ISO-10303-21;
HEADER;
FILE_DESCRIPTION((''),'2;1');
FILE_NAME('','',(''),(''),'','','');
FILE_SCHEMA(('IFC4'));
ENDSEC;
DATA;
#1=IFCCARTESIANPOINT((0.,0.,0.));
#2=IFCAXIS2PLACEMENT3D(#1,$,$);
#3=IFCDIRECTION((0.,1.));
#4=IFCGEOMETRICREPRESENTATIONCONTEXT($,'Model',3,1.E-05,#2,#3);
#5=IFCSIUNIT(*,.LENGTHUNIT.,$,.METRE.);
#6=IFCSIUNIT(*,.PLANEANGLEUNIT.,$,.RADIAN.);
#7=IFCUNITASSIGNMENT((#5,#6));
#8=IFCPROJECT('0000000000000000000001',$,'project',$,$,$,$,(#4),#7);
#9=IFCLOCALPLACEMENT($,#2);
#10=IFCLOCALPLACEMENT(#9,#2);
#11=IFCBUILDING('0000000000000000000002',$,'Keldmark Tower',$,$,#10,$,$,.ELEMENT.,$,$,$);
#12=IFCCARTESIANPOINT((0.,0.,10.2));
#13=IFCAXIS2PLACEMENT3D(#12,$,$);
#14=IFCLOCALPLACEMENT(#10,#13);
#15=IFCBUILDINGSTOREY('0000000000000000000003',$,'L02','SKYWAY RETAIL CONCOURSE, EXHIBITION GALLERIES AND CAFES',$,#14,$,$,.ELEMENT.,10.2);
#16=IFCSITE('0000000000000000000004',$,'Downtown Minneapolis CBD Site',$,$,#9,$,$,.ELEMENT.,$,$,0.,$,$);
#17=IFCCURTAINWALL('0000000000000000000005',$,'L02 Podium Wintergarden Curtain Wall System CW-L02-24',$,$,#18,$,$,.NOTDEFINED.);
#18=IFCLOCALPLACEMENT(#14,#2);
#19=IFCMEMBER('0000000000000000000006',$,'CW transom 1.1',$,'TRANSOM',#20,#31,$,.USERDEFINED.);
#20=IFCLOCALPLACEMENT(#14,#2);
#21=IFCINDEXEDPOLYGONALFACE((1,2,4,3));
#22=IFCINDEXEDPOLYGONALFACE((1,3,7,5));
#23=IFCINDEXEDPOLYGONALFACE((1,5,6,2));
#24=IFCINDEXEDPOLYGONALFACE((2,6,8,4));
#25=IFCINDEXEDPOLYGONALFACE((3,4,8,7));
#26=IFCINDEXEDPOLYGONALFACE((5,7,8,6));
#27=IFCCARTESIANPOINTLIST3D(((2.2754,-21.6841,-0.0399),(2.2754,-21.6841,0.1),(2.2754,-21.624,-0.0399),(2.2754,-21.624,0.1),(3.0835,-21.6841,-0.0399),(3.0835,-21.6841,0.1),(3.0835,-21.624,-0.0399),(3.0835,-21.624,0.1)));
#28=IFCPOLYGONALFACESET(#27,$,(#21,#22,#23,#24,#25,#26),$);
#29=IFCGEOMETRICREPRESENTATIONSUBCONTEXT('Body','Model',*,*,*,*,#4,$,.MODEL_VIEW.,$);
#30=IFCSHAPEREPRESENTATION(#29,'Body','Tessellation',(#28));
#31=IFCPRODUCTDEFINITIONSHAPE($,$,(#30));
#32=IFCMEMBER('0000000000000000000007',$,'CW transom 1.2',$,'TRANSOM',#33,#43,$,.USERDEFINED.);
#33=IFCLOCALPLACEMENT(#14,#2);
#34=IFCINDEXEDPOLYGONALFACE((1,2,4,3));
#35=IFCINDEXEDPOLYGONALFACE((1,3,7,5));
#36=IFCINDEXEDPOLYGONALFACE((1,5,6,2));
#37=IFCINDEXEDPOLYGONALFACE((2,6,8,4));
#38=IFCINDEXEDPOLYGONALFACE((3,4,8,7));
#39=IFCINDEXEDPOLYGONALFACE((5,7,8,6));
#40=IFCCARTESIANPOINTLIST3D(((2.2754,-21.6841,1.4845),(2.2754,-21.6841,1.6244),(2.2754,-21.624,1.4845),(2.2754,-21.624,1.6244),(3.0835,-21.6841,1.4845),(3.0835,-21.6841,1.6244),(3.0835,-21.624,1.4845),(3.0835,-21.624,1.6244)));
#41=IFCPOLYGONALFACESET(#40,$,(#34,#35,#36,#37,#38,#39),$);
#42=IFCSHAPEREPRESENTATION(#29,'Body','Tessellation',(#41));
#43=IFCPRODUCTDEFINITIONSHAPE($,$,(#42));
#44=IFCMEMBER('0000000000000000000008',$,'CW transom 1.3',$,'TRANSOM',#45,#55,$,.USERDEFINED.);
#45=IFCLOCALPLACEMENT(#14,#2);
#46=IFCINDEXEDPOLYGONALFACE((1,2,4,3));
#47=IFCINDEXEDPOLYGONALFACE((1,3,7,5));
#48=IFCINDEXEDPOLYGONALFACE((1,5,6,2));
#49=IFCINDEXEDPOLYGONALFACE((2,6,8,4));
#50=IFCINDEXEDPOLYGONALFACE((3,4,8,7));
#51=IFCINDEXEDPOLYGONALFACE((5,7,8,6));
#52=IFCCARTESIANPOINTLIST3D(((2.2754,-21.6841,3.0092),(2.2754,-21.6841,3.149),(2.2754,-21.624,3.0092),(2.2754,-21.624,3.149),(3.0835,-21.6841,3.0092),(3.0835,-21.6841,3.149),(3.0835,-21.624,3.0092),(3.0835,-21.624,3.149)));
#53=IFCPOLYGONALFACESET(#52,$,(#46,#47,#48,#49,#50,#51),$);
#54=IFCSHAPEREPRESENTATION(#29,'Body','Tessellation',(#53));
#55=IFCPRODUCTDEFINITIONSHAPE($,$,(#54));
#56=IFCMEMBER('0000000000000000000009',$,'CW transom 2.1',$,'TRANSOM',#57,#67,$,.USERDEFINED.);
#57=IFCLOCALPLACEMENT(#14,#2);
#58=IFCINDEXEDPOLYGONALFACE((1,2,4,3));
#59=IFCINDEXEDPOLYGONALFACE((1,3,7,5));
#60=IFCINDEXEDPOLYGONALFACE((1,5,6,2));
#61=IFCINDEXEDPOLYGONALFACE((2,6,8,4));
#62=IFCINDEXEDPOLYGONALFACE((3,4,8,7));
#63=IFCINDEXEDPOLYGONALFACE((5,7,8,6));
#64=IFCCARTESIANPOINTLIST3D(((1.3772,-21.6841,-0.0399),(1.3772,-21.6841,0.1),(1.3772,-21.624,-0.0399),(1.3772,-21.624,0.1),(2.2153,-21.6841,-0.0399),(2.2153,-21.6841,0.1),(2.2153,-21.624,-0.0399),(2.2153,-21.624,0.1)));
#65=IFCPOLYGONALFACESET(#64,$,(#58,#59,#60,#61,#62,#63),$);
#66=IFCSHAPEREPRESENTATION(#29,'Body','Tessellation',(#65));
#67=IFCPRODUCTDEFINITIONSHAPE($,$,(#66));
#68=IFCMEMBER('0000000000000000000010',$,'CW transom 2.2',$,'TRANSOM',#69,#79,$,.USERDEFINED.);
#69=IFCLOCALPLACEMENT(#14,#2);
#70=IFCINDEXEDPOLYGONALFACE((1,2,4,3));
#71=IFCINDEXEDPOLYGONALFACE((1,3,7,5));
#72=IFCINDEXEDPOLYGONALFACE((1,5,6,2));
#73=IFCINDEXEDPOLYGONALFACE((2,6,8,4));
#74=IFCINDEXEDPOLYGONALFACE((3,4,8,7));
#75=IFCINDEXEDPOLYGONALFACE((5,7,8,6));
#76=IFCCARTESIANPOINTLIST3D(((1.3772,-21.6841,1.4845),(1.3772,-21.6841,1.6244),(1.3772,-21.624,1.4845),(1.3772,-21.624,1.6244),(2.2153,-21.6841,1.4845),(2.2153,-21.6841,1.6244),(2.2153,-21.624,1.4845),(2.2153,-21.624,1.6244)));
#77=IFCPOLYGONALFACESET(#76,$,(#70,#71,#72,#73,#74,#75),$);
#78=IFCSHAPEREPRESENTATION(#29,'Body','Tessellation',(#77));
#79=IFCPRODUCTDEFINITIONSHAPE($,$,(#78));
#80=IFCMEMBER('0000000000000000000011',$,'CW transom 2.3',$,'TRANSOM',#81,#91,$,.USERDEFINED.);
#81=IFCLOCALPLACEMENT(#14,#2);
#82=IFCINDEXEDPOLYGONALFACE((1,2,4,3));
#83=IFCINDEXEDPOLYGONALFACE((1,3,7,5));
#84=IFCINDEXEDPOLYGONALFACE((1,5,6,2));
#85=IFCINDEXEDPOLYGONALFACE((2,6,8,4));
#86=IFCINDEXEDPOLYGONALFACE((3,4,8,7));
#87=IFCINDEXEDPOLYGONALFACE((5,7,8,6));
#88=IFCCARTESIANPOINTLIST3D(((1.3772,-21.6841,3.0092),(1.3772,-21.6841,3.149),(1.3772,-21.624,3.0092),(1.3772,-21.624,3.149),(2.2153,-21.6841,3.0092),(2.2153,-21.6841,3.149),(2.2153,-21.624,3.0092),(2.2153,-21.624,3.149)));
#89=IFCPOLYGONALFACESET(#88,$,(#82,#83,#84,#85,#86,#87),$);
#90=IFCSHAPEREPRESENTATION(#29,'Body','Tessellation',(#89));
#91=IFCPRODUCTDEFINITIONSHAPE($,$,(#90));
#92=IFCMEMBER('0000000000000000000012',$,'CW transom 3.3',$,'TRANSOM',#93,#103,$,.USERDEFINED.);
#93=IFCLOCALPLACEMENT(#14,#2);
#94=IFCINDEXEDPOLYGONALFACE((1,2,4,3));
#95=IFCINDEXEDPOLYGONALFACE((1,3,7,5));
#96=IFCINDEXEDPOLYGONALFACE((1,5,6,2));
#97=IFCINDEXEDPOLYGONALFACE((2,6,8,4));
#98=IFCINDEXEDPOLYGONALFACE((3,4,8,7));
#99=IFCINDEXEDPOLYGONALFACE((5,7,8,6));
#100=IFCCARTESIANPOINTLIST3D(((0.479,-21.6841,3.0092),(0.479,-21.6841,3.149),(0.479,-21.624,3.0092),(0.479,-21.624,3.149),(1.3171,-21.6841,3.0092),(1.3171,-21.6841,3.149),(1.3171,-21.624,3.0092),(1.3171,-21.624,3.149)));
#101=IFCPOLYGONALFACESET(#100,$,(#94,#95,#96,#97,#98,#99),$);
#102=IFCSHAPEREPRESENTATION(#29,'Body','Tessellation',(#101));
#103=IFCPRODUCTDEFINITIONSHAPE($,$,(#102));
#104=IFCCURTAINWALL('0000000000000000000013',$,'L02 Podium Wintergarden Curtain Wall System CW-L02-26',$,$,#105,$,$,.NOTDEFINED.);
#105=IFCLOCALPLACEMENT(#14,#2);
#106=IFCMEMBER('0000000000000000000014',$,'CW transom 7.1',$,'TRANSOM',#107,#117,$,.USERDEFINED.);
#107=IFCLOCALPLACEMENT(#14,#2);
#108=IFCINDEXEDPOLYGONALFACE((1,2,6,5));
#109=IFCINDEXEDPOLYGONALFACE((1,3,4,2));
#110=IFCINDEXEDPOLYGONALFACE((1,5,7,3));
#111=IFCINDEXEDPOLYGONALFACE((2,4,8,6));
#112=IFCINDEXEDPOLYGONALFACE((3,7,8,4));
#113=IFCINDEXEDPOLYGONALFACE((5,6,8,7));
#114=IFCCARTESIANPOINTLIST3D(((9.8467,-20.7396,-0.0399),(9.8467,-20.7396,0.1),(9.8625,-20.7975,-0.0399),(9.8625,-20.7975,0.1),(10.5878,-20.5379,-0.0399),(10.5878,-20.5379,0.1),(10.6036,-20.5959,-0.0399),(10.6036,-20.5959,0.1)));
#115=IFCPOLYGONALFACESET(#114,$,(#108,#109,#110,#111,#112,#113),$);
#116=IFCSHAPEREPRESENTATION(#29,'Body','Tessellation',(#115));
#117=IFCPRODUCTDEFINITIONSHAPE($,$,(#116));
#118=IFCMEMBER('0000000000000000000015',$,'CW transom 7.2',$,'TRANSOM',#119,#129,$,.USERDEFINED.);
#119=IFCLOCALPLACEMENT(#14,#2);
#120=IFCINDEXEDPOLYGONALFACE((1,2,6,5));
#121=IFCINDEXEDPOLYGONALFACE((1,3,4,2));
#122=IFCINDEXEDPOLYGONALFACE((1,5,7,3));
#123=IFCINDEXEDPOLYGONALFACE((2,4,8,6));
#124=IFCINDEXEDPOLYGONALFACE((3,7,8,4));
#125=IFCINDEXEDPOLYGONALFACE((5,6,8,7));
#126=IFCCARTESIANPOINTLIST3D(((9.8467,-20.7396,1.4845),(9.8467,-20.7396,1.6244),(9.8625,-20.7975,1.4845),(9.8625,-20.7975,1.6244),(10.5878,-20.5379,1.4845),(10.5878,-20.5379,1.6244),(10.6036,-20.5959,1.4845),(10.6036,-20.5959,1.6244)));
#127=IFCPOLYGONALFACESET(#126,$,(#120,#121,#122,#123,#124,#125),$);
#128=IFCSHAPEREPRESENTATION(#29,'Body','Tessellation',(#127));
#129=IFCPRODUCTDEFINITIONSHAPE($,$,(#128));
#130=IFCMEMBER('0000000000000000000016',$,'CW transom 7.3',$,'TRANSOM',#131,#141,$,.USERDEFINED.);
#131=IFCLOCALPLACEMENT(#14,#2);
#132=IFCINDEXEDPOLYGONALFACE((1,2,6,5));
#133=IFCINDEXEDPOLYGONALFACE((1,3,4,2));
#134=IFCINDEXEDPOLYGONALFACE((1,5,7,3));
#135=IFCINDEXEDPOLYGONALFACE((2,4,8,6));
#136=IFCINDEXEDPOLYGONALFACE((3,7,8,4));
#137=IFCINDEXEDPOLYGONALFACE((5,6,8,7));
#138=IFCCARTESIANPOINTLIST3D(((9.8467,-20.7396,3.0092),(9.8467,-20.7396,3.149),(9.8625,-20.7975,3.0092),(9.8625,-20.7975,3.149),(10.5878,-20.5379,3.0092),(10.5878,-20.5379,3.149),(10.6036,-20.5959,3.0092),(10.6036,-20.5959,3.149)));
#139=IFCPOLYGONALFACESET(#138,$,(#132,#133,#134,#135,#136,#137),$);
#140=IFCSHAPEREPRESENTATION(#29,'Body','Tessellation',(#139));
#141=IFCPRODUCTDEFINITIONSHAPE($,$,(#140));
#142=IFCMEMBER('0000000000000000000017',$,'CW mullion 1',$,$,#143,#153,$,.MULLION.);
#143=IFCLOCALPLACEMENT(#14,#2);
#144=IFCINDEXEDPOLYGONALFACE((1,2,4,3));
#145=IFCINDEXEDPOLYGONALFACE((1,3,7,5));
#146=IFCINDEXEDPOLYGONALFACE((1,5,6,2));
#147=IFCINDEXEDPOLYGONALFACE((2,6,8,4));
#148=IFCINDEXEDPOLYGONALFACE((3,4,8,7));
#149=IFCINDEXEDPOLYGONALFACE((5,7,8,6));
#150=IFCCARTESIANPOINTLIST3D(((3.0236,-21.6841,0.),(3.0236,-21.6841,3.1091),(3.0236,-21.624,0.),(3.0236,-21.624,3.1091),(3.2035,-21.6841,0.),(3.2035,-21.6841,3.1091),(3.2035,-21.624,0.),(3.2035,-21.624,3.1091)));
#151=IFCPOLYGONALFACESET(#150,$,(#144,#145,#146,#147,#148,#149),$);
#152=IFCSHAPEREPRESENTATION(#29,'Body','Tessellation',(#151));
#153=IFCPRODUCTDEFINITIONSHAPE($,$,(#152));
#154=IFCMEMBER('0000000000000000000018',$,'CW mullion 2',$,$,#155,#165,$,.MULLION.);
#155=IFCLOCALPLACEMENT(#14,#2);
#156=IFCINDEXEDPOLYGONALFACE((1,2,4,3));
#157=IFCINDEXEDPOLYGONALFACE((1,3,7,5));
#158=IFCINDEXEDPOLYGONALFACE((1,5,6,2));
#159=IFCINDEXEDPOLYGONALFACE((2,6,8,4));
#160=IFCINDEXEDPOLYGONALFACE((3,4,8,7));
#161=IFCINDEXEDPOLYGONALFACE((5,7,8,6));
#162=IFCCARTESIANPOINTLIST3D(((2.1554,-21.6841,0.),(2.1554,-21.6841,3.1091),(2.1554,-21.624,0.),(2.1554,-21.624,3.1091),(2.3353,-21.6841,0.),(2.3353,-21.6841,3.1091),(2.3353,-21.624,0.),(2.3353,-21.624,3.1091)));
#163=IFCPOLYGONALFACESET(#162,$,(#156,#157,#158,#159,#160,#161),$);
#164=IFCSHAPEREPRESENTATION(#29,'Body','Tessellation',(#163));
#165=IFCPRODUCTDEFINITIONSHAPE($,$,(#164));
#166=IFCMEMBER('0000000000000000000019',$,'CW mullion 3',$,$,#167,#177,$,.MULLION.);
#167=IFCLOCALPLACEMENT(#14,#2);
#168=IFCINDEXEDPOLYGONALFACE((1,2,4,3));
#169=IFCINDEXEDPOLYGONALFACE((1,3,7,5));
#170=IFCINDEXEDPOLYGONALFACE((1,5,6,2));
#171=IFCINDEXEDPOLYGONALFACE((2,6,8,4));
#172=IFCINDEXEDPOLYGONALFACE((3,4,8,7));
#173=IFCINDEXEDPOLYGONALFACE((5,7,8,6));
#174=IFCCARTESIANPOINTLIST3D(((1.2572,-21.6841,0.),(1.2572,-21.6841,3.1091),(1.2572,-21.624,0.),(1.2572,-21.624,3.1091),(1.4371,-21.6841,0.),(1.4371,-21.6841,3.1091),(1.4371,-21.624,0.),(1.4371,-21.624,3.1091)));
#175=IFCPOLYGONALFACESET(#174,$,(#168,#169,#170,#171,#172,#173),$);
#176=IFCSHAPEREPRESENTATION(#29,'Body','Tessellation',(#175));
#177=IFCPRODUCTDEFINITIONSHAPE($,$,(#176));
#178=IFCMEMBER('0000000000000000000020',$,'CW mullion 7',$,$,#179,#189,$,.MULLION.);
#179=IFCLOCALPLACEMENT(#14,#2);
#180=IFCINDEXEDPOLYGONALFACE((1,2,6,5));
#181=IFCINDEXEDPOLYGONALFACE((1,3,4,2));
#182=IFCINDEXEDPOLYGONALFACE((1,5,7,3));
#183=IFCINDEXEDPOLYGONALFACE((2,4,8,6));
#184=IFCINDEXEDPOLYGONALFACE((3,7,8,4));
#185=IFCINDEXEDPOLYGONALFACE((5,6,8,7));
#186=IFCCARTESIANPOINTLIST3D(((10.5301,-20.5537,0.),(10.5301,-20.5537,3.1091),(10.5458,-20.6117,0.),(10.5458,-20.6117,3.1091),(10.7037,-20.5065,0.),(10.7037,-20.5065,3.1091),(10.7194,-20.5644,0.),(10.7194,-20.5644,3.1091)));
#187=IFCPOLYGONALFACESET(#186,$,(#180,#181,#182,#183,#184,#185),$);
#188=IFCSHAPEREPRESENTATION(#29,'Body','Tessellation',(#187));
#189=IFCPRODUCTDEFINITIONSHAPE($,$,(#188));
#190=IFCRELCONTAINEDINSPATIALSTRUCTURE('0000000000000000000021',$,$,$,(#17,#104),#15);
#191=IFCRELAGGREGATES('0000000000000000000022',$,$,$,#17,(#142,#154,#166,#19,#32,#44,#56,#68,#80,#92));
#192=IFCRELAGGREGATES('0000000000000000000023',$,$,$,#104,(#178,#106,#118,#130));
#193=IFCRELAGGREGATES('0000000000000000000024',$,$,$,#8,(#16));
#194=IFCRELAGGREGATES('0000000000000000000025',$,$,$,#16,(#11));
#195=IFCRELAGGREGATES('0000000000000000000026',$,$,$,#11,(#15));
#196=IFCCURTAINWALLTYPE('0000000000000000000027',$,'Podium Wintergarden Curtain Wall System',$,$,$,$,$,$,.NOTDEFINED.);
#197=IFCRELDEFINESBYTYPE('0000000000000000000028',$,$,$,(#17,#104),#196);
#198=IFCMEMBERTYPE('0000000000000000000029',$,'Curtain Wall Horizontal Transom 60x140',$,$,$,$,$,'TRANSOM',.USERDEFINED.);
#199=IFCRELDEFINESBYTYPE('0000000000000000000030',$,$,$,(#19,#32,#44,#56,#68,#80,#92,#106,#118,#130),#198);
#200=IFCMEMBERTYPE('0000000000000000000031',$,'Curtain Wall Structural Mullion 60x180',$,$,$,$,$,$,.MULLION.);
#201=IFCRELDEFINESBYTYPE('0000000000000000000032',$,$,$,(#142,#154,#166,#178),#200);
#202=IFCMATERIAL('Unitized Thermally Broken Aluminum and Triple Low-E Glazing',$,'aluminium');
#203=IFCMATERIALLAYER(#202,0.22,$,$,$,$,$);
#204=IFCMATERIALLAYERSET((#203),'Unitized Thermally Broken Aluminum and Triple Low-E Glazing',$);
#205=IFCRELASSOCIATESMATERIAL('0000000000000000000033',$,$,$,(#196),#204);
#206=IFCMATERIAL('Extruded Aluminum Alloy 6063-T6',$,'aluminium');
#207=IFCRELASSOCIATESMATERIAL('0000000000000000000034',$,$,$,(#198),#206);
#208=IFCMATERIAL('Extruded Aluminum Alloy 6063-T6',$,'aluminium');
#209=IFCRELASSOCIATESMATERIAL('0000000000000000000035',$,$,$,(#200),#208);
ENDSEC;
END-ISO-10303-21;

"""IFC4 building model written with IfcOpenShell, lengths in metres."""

from ifc_helpers import new_model, si_unit, direction, frame, origin, origin_2d, place, context, subcontext, project, spatial, rectangle, extrude, material, layer, layer_set, material_profile, profile_set, type_object, element, aggregate, save


model = new_model("IFC4")

# Units and contexts
model_context = context("Model", 3, precision=1e-05, world=origin(), true_north=direction((0.0, 1.0)))
body_context = subcontext(model_context, "Body", "Model", "MODEL_VIEW")
ifc_project = project(units=[si_unit("LENGTHUNIT", "METRE"), si_unit("PLANEANGLEUNIT", "RADIAN")], contexts=[model_context])

# Site, building, storey
site_placement = place(None, origin())
site = spatial("IfcSite", under=ifc_project, at=site_placement, Name="Downtown Minneapolis CBD Site", CompositionType="ELEMENT", RefElevation=0.0)
building_placement = place(site_placement, origin())
building = spatial("IfcBuilding", under=site, at=building_placement, Name="Keldmark Tower", CompositionType="ELEMENT")
storey_placement = place(building_placement, frame((0.0, 0.0, 10.2)))
storey = spatial("IfcBuildingStorey", under=building, at=storey_placement, Name="L02", Description="SKYWAY RETAIL CONCOURSE, EXHIBITION GALLERIES AND CAFES", CompositionType="ELEMENT", Elevation=10.2)

# Curtain walls, members
ifc_material_1 = material(Name="Unitized Thermally Broken Aluminum and Triple Low-E Glazing", Category="aluminium")
ifc_layer_1 = layer(ifc_material_1, 0.22)
ifc_layer_set_1 = layer_set([ifc_layer_1], Name="Unitized Thermally Broken Aluminum and Triple Low-E Glazing")
curtain_wall_type = type_object("IfcCurtainWallType", Name="Podium Wintergarden Curtain Wall System", PredefinedType="NOTDEFINED", material=ifc_layer_set_1)
curtain_wall_1_placement = place(storey_placement, origin())
curtain_wall_1 = element("IfcCurtainWall", 1, at=curtain_wall_1_placement, inside=storey, type_object=curtain_wall_type, Name="L02 Podium Wintergarden Curtain Wall System CW-L02-24", PredefinedType="NOTDEFINED")
ifc_material_2 = material(Name="Extruded Aluminum Alloy 6063-T6", Category="aluminium")
ifc_material_profile_1 = material_profile(ifc_material_2, rectangle(XDim=0.0601, YDim=0.1399, at=origin_2d()), Name="CWT60X140")
ifc_profile_set_1 = profile_set([ifc_material_profile_1], Name="Extruded Aluminum Alloy 6063-T6")
member_type_1 = type_object("IfcMemberType", Name="Curtain Wall Horizontal Transom 60x140", ElementType="TRANSOM", PredefinedType="USERDEFINED", material=ifc_profile_set_1)
member_1_placement = place(storey_placement, frame((3.0835, -21.6541, 0.03), z_axis=(-1.0, 0.0, 0.0), x_axis=(0.0, -1.0, 0.0)))
member_1 = element("IfcMember", 2, at=member_1_placement, type_object=member_type_1, Name="CW transom 1.1", ObjectType="TRANSOM", PredefinedType="USERDEFINED", context=body_context, shape_type="SweptSolid", body=[
    extrude(rectangle(XDim=0.0601, YDim=0.1399, at=origin_2d()), origin(), (0.0, 0.0, 1.0), 0.8081),
])
member_2_placement = place(storey_placement, frame((3.0835, -21.6541, 1.5544), z_axis=(-1.0, 0.0, 0.0), x_axis=(0.0, -1.0, 0.0)))
member_2 = element("IfcMember", 3, at=member_2_placement, type_object=member_type_1, Name="CW transom 1.2", ObjectType="TRANSOM", PredefinedType="USERDEFINED", context=body_context, shape_type="SweptSolid", body=[
    extrude(rectangle(XDim=0.0601, YDim=0.1399, at=origin_2d()), origin(), (0.0, 0.0, 1.0), 0.8081),
])
member_3_placement = place(storey_placement, frame((3.0835, -21.6541, 3.0791), z_axis=(-1.0, 0.0, 0.0), x_axis=(0.0, -1.0, 0.0)))
member_3 = element("IfcMember", 4, at=member_3_placement, type_object=member_type_1, Name="CW transom 1.3", ObjectType="TRANSOM", PredefinedType="USERDEFINED", context=body_context, shape_type="SweptSolid", body=[
    extrude(rectangle(XDim=0.0601, YDim=0.1399, at=origin_2d()), origin(), (0.0, 0.0, 1.0), 0.8081),
])
member_4_placement = place(storey_placement, frame((2.2153, -21.6541, 0.03), z_axis=(-1.0, 0.0, 0.0), x_axis=(0.0, -1.0, 0.0)))
member_4 = element("IfcMember", 5, at=member_4_placement, type_object=member_type_1, Name="CW transom 2.1", ObjectType="TRANSOM", PredefinedType="USERDEFINED", context=body_context, shape_type="SweptSolid", body=[
    extrude(rectangle(XDim=0.0601, YDim=0.1399, at=origin_2d()), origin(), (0.0, 0.0, 1.0), 0.8381),
])
member_5_placement = place(storey_placement, frame((2.2153, -21.6541, 1.5544), z_axis=(-1.0, 0.0, 0.0), x_axis=(0.0, -1.0, 0.0)))
member_5 = element("IfcMember", 6, at=member_5_placement, type_object=member_type_1, Name="CW transom 2.2", ObjectType="TRANSOM", PredefinedType="USERDEFINED", context=body_context, shape_type="SweptSolid", body=[
    extrude(rectangle(XDim=0.0601, YDim=0.1399, at=origin_2d()), origin(), (0.0, 0.0, 1.0), 0.8381),
])
member_6_placement = place(storey_placement, frame((2.2153, -21.6541, 3.0791), z_axis=(-1.0, 0.0, 0.0), x_axis=(0.0, -1.0, 0.0)))
member_6 = element("IfcMember", 7, at=member_6_placement, type_object=member_type_1, Name="CW transom 2.3", ObjectType="TRANSOM", PredefinedType="USERDEFINED", context=body_context, shape_type="SweptSolid", body=[
    extrude(rectangle(XDim=0.0601, YDim=0.1399, at=origin_2d()), origin(), (0.0, 0.0, 1.0), 0.8381),
])
member_7_placement = place(storey_placement, frame((1.3171, -21.6541, 3.0791), z_axis=(-1.0, 0.0, 0.0), x_axis=(0.0, -1.0, 0.0)))
member_7 = element("IfcMember", 8, at=member_7_placement, type_object=member_type_1, Name="CW transom 3.3", ObjectType="TRANSOM", PredefinedType="USERDEFINED", context=body_context, shape_type="SweptSolid", body=[
    extrude(rectangle(XDim=0.0601, YDim=0.1399, at=origin_2d()), origin(), (0.0, 0.0, 1.0), 0.8381),
])
curtain_wall_2_placement = place(storey_placement, origin())
curtain_wall_2 = element("IfcCurtainWall", 9, at=curtain_wall_2_placement, inside=storey, type_object=curtain_wall_type, Name="L02 Podium Wintergarden Curtain Wall System CW-L02-26", PredefinedType="NOTDEFINED")
member_8_placement = place(storey_placement, frame((10.5957, -20.5669, 0.03), z_axis=(-0.964925, -0.262526, 0.0), x_axis=(0.262526, -0.964925, 0.0)))
member_8 = element("IfcMember", 10, at=member_8_placement, type_object=member_type_1, Name="CW transom 7.1", ObjectType="TRANSOM", PredefinedType="USERDEFINED", context=body_context, shape_type="SweptSolid", body=[
    extrude(rectangle(XDim=0.0601, YDim=0.1399, at=origin_2d()), origin(), (0.0, 0.0, 1.0), 0.7681),
])
member_9_placement = place(storey_placement, frame((10.5957, -20.5669, 1.5544), z_axis=(-0.964925, -0.262526, 0.0), x_axis=(0.262526, -0.964925, 0.0)))
member_9 = element("IfcMember", 11, at=member_9_placement, type_object=member_type_1, Name="CW transom 7.2", ObjectType="TRANSOM", PredefinedType="USERDEFINED", context=body_context, shape_type="SweptSolid", body=[
    extrude(rectangle(XDim=0.0601, YDim=0.1399, at=origin_2d()), origin(), (0.0, 0.0, 1.0), 0.7681),
])
member_10_placement = place(storey_placement, frame((10.5957, -20.5669, 3.0791), z_axis=(-0.964925, -0.262526, 0.0), x_axis=(0.262526, -0.964925, 0.0)))
member_10 = element("IfcMember", 12, at=member_10_placement, type_object=member_type_1, Name="CW transom 7.3", ObjectType="TRANSOM", PredefinedType="USERDEFINED", context=body_context, shape_type="SweptSolid", body=[
    extrude(rectangle(XDim=0.0601, YDim=0.1399, at=origin_2d()), origin(), (0.0, 0.0, 1.0), 0.7681),
])

# Members
ifc_material_3 = material(Name="Extruded Aluminum Alloy 6063-T6", Category="aluminium")
ifc_material_profile_2 = material_profile(ifc_material_3, rectangle(XDim=0.0601, YDim=0.1799, at=origin_2d()), Name="CWM60X180")
ifc_profile_set_2 = profile_set([ifc_material_profile_2], Name="Extruded Aluminum Alloy 6063-T6")
member_type_2 = type_object("IfcMemberType", Name="Curtain Wall Structural Mullion 60x180", PredefinedType="MULLION", material=ifc_profile_set_2)
member_11_placement = place(storey_placement, frame((3.1135, -21.6541, 0.0), z_axis=(0.0, 0.0, 1.0), x_axis=(0.0, -1.0, 0.0)))
member_11 = element("IfcMember", 13, at=member_11_placement, type_object=member_type_2, Name="CW mullion 1", PredefinedType="MULLION", context=body_context, shape_type="SweptSolid", body=[
    extrude(rectangle(XDim=0.0601, YDim=0.1799, at=origin_2d()), origin(), (0.0, 0.0, 1.0), 3.1091),
])
member_12_placement = place(storey_placement, frame((2.2454, -21.6541, 0.0), z_axis=(0.0, 0.0, 1.0), x_axis=(0.0, -1.0, 0.0)))
member_12 = element("IfcMember", 14, at=member_12_placement, type_object=member_type_2, Name="CW mullion 2", PredefinedType="MULLION", context=body_context, shape_type="SweptSolid", body=[
    extrude(rectangle(XDim=0.0601, YDim=0.1799, at=origin_2d()), origin(), (0.0, 0.0, 1.0), 3.1091),
])
member_13_placement = place(storey_placement, frame((1.3472, -21.6541, 0.0), z_axis=(0.0, 0.0, 1.0), x_axis=(0.0, -1.0, 0.0)))
member_13 = element("IfcMember", 15, at=member_13_placement, type_object=member_type_2, Name="CW mullion 3", PredefinedType="MULLION", context=body_context, shape_type="SweptSolid", body=[
    extrude(rectangle(XDim=0.0601, YDim=0.1799, at=origin_2d()), origin(), (0.0, 0.0, 1.0), 3.1091),
])
member_14_placement = place(storey_placement, frame((10.6248, -20.5591, 0.0), z_axis=(0.0, 0.0, 1.0), x_axis=(0.262493, -0.964934, 0.0)))
member_14 = element("IfcMember", 16, at=member_14_placement, type_object=member_type_2, Name="CW mullion 7", PredefinedType="MULLION", context=body_context, shape_type="SweptSolid", body=[
    extrude(rectangle(XDim=0.0601, YDim=0.1799, at=origin_2d()), origin(), (0.0, 0.0, 1.0), 3.1091),
])

aggregate(curtain_wall_1, [member_11, member_12, member_13, member_1, member_2, member_3, member_4, member_5, member_6, member_7])
aggregate(curtain_wall_2, [member_14, member_8, member_9, member_10])

save(model, "model.ifc")
